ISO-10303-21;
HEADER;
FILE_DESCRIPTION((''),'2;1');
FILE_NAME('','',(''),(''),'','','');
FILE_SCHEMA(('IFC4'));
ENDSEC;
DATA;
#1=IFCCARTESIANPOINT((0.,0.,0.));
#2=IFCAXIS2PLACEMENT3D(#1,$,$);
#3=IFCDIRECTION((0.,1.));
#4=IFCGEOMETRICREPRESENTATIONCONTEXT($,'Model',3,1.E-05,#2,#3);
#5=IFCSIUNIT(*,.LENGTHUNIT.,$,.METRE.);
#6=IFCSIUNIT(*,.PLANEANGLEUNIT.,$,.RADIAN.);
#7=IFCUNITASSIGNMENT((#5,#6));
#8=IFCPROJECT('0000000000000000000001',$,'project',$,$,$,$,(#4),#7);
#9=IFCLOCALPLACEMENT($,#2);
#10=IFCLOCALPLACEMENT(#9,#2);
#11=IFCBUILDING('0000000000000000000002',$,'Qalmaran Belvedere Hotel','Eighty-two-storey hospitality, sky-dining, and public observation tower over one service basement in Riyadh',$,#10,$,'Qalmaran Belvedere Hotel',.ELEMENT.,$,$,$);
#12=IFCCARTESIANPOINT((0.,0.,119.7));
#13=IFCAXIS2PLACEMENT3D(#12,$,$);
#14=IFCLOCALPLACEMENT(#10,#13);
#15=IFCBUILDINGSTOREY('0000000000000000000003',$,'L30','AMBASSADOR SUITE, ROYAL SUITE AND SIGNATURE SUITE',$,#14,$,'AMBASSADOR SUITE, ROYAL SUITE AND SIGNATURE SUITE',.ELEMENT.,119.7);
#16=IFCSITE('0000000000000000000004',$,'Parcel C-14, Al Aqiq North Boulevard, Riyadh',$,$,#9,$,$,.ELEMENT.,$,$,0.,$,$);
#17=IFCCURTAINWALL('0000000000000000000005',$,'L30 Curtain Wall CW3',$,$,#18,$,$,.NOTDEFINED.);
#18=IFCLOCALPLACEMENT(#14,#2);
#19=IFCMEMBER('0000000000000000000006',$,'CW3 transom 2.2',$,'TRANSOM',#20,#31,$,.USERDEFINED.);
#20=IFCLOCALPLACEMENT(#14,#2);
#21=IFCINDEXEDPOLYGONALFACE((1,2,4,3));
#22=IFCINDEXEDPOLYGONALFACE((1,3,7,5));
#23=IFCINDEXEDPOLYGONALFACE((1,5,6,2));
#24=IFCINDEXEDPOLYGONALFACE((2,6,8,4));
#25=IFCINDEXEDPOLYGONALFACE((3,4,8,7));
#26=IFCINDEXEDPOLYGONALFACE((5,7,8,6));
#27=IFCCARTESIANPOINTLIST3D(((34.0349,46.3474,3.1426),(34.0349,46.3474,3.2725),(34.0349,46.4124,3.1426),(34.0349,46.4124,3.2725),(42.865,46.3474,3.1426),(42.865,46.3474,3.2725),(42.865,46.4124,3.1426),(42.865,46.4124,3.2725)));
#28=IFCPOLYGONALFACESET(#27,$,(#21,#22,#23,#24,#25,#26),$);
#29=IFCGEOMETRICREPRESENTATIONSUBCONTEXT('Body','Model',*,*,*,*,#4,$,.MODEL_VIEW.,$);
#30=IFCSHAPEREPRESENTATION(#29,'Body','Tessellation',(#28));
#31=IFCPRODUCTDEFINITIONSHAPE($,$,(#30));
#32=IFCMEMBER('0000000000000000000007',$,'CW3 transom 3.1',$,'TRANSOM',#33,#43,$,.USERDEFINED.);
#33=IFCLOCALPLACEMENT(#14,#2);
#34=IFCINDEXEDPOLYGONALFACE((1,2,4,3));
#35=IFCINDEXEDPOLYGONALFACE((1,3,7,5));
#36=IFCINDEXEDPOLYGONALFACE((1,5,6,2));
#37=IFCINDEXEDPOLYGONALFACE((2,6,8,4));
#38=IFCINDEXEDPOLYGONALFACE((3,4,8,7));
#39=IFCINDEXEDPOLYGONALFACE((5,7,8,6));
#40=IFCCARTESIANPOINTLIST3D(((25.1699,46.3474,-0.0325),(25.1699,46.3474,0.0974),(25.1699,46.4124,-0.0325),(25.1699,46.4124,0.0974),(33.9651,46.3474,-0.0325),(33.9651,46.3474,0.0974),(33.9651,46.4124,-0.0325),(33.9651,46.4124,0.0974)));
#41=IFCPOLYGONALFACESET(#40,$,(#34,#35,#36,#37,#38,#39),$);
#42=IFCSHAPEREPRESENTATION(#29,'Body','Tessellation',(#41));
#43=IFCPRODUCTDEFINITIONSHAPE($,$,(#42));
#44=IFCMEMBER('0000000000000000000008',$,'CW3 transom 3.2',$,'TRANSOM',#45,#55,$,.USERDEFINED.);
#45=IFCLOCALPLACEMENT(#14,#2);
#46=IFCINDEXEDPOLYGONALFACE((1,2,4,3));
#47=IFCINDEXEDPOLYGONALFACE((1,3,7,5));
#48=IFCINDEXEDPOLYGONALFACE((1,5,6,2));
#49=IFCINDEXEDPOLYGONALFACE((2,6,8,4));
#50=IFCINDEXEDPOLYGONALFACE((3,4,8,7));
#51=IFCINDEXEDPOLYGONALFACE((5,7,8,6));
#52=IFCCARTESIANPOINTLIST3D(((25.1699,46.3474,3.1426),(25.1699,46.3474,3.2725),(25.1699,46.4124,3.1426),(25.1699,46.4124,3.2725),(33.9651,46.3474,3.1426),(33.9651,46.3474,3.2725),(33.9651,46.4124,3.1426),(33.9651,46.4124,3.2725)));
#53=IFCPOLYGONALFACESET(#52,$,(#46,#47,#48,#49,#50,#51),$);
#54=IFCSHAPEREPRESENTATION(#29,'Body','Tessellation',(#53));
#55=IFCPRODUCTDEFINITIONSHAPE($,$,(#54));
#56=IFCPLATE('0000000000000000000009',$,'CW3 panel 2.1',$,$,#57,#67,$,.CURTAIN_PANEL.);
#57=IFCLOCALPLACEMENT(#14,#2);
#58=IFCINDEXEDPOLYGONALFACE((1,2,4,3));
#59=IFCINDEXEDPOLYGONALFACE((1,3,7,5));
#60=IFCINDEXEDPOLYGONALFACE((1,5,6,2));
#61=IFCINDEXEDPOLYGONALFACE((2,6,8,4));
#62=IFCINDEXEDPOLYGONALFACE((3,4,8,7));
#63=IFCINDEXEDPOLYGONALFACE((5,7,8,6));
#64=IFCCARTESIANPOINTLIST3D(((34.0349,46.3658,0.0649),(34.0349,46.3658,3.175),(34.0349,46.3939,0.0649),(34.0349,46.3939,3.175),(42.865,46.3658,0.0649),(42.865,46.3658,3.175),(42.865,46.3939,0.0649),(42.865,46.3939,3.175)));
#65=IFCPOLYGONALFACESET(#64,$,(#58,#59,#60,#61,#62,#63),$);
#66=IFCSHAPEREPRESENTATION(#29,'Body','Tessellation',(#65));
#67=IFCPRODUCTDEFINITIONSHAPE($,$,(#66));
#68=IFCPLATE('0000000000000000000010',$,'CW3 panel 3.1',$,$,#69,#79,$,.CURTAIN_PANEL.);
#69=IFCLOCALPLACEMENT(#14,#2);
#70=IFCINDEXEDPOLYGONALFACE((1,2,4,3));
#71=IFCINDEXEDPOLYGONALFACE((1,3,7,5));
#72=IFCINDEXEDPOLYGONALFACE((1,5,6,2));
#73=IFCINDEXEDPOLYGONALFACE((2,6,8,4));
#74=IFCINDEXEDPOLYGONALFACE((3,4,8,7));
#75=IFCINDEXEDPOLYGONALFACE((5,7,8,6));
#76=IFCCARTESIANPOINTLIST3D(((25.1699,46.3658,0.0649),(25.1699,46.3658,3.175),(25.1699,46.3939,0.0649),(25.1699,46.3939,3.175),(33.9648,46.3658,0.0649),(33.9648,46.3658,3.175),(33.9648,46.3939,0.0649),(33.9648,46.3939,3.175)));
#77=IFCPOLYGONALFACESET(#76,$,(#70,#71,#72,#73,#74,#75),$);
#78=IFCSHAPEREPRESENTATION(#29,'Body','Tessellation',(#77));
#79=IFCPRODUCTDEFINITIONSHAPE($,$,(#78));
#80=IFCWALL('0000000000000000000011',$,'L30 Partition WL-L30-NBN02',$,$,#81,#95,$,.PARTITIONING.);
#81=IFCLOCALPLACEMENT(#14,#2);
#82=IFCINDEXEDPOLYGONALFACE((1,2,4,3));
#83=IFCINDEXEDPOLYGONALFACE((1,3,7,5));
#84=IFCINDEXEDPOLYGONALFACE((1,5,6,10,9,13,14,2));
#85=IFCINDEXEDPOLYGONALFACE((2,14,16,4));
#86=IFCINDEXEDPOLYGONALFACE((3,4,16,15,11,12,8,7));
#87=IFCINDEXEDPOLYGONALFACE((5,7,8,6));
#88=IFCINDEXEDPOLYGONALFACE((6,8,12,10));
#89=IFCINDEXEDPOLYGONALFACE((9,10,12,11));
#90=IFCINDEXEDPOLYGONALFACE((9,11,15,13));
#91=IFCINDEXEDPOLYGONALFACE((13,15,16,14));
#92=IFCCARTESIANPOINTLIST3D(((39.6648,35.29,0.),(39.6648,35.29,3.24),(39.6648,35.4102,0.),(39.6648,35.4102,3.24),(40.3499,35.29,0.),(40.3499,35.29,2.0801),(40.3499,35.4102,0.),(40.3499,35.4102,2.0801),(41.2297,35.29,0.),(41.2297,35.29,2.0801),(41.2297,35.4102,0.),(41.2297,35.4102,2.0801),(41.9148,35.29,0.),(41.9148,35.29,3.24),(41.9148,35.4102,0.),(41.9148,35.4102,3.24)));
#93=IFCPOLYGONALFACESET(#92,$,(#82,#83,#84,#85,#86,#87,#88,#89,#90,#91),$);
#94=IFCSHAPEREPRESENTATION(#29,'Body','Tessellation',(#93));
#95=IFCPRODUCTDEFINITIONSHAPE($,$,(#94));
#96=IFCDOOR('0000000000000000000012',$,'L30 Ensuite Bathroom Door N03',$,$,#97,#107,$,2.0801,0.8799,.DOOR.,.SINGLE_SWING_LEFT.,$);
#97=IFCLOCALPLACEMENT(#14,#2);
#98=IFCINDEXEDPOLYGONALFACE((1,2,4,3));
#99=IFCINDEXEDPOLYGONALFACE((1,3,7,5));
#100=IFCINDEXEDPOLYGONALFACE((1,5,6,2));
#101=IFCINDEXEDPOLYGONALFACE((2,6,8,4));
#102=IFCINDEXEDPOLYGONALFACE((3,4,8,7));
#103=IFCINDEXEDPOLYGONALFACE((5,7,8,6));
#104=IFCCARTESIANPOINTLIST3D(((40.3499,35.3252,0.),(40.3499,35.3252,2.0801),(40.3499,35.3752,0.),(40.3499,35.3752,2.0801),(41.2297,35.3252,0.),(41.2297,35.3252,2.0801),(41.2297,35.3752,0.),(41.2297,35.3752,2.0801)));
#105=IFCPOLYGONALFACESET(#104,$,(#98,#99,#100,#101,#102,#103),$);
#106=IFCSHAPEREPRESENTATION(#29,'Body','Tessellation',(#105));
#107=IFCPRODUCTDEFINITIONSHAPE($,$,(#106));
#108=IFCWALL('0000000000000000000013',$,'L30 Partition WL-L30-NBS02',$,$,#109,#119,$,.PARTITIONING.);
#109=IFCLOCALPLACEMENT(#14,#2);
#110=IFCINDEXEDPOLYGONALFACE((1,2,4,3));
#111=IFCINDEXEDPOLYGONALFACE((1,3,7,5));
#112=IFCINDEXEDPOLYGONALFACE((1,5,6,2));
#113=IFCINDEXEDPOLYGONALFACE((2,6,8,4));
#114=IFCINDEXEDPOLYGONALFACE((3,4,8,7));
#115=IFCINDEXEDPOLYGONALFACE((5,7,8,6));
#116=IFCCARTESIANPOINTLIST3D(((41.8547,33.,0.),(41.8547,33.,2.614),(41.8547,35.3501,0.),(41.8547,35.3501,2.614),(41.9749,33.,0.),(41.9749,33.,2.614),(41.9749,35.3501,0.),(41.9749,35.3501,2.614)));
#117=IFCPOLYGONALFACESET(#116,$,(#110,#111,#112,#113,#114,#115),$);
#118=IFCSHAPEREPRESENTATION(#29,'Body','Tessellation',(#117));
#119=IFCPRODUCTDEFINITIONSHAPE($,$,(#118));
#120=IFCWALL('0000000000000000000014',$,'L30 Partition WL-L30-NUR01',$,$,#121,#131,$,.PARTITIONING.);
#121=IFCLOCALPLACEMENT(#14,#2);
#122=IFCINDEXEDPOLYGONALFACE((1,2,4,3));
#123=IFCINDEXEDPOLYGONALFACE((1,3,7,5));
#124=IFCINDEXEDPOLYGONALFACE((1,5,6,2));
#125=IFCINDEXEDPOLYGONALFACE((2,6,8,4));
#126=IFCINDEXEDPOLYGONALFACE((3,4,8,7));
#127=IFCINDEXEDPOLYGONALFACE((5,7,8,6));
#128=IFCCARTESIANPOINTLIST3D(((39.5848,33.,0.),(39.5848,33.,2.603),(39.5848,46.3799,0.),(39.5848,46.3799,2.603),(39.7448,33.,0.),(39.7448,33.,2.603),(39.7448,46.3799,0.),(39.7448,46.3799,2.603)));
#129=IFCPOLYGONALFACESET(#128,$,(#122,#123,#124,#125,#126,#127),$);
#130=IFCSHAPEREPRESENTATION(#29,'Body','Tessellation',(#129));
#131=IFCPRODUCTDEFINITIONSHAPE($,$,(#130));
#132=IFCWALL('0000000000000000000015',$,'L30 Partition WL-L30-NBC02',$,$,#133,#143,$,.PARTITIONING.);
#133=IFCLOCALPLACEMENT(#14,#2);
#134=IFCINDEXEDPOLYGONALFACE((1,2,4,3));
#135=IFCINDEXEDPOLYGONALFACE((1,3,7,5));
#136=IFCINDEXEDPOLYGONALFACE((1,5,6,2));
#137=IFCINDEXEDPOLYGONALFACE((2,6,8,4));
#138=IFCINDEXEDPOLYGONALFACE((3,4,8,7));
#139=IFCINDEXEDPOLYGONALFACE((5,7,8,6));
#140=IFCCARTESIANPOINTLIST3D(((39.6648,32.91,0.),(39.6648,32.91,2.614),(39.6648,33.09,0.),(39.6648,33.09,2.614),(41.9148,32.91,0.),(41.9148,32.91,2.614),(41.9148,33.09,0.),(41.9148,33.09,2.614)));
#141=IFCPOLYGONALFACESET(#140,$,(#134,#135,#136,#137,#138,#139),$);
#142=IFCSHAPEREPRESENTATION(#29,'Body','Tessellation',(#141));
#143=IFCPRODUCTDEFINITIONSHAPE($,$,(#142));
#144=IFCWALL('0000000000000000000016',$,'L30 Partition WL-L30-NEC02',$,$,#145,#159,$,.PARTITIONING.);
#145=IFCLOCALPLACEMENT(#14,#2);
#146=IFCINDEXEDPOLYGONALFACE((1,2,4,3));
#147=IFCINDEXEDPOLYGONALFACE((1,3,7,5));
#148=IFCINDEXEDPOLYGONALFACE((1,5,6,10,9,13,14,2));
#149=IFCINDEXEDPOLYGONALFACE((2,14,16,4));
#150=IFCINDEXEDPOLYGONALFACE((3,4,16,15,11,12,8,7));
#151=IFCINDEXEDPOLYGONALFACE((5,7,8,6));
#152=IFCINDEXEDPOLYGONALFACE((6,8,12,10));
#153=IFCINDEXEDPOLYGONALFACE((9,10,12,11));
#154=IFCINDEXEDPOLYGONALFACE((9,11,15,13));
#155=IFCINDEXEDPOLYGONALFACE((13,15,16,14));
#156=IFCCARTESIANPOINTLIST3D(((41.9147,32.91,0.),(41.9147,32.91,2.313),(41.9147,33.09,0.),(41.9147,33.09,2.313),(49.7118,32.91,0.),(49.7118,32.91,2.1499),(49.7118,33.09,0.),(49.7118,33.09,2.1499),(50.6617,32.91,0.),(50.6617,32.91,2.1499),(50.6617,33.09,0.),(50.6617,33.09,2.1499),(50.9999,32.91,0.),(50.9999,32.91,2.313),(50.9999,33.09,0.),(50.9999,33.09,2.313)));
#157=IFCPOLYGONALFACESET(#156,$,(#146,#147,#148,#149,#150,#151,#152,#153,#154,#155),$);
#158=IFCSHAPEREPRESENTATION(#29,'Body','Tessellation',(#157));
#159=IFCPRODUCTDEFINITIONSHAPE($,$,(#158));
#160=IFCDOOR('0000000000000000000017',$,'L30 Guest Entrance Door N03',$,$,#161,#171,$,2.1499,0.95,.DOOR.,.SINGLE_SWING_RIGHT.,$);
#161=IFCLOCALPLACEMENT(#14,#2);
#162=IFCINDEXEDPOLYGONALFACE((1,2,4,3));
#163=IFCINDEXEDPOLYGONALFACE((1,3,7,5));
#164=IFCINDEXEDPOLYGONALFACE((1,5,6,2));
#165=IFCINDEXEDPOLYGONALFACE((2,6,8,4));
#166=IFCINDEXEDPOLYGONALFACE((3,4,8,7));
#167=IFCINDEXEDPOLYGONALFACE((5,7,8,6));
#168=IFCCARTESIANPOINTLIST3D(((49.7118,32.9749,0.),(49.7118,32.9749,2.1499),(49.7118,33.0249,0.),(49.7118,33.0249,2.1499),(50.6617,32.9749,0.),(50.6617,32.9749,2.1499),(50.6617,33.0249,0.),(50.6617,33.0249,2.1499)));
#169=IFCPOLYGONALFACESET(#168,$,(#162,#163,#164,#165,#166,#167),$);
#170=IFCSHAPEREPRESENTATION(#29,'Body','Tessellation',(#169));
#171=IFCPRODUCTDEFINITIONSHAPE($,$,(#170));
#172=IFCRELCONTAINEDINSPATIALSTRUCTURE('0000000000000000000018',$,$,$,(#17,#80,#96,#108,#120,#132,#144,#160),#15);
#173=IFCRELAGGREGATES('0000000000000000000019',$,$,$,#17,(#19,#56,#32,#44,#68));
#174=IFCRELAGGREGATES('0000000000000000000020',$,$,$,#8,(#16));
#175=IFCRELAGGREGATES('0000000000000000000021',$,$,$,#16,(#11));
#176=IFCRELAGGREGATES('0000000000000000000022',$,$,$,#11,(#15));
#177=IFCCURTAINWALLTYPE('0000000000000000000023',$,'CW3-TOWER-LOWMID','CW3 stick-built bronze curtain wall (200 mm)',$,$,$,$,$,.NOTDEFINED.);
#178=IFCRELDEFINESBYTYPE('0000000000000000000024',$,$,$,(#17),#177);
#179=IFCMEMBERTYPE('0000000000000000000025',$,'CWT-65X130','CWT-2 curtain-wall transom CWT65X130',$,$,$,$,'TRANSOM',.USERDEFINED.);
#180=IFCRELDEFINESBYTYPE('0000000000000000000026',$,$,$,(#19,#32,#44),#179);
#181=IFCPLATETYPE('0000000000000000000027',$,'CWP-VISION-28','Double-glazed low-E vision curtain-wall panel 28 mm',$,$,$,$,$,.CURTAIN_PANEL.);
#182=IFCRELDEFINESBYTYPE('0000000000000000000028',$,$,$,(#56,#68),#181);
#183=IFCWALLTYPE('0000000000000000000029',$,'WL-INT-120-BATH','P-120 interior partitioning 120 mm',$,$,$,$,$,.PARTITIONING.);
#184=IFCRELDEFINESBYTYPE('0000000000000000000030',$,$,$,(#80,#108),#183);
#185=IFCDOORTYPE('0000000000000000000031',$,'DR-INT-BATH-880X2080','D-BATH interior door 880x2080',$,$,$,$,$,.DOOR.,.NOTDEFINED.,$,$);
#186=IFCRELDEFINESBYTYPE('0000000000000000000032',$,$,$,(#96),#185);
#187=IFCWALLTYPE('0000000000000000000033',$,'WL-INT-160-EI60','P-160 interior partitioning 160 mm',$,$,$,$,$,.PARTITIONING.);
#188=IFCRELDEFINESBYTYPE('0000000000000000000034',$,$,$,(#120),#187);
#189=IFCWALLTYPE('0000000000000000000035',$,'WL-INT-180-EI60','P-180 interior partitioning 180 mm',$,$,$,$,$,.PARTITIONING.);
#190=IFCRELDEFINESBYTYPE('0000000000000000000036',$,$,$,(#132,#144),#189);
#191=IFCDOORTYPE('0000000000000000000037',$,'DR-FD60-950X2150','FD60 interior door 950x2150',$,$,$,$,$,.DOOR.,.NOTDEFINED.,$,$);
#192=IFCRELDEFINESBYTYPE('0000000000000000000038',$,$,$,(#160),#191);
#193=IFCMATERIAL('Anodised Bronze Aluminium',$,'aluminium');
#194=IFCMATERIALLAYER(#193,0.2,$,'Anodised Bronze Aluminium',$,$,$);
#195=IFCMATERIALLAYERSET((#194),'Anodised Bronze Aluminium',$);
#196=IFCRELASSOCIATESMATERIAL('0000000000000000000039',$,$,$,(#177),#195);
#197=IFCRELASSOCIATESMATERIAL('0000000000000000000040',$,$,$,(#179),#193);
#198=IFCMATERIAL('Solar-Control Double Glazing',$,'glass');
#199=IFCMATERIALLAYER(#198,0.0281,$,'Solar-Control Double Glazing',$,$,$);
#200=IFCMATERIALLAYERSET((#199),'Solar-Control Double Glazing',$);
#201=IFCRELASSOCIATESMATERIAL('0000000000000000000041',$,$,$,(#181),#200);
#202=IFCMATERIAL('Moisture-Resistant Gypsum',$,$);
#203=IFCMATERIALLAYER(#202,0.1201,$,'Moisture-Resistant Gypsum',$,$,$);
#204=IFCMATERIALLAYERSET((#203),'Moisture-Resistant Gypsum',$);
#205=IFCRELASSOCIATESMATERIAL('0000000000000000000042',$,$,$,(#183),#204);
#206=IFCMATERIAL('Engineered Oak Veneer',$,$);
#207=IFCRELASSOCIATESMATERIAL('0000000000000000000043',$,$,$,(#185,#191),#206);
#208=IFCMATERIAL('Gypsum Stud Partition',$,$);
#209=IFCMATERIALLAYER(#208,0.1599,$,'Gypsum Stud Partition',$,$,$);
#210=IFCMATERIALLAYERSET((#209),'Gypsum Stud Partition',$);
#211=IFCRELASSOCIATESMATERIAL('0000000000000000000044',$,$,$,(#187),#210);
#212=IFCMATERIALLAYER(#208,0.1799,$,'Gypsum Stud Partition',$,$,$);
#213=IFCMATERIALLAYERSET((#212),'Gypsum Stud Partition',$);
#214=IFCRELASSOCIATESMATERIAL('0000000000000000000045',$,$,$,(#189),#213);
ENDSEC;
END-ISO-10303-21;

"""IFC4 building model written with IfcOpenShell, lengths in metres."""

from ifc_helpers import new_model, si_unit, direction, frame, frame_2d, origin, origin_2d, place, context, subcontext, project, spatial, rectangle, extrude, material, layer, layer_set, material_profile, profile_set, type_object, element, fill, aggregate, save


model = new_model("IFC4")

# Units and contexts
model_context = context("Model", 3, precision=1e-05, world=origin(), true_north=direction((0.0, 1.0)))
body_context = subcontext(model_context, "Body", "Model", "MODEL_VIEW")
ifc_project = project(units=[si_unit("LENGTHUNIT", "METRE"), si_unit("PLANEANGLEUNIT", "RADIAN")], contexts=[model_context])

# Site, building, storey
site_placement = place(None, origin())
site = spatial("IfcSite", under=ifc_project, at=site_placement, Name="Parcel C-14, Al Aqiq North Boulevard, Riyadh", CompositionType="ELEMENT", RefElevation=0.0)
building_placement = place(site_placement, origin())
building = spatial("IfcBuilding", under=site, at=building_placement, Name="Qalmaran Belvedere Hotel", Description="Eighty-two-storey hospitality, sky-dining, and public observation tower over one service basement in Riyadh", LongName="Qalmaran Belvedere Hotel", CompositionType="ELEMENT")
storey_placement = place(building_placement, frame((0.0, 0.0, 119.7)))
storey = spatial("IfcBuildingStorey", under=building, at=storey_placement, Name="L30", Description="AMBASSADOR SUITE, ROYAL SUITE AND SIGNATURE SUITE", LongName="AMBASSADOR SUITE, ROYAL SUITE AND SIGNATURE SUITE", CompositionType="ELEMENT", Elevation=119.7)

# Curtain wall, members, plates
ifc_material_1 = material(Name="Anodised Bronze Aluminium", Category="aluminium")
ifc_layer_1 = layer(ifc_material_1, 0.2, Name="Anodised Bronze Aluminium")
ifc_layer_set_1 = layer_set([ifc_layer_1], Name="Anodised Bronze Aluminium")
curtain_wall_type = type_object("IfcCurtainWallType", Name="CW3-TOWER-LOWMID", Description="CW3 stick-built bronze curtain wall (200 mm)", PredefinedType="NOTDEFINED", material=ifc_layer_set_1)
curtain_wall_placement = place(storey_placement, origin())
curtain_wall = element("IfcCurtainWall", 1, at=curtain_wall_placement, inside=storey, type_object=curtain_wall_type, Name="L30 Curtain Wall CW3", PredefinedType="NOTDEFINED")
ifc_material_profile_1 = material_profile(ifc_material_1, rectangle(XDim=0.0649, YDim=0.1299, at=origin_2d()), Name="CWT65X130")
ifc_profile_set_1 = profile_set([ifc_material_profile_1], Name="Anodised Bronze Aluminium")
member_type_1 = type_object("IfcMemberType", Name="CWT-65X130", Description="CWT-2 curtain-wall transom CWT65X130", ElementType="TRANSOM", PredefinedType="USERDEFINED", material=ifc_profile_set_1)
member_1_placement = place(storey_placement, frame((42.865, 46.3799, 3.2075), z_axis=(-1.0, 0.0, 0.0), x_axis=(0.0, -1.0, 0.0)))
member_1 = element("IfcMember", 2, at=member_1_placement, type_object=member_type_1, Name="CW3 transom 2.2", ObjectType="TRANSOM", PredefinedType="USERDEFINED", context=body_context, shape_type="SweptSolid", body=[
    extrude(rectangle(XDim=0.0649, YDim=0.1299, at=origin_2d()), origin(), (0.0, 0.0, 1.0), 8.8301),
])
member_2_placement = place(storey_placement, frame((33.9651, 46.3799, 0.0325), z_axis=(-1.0, 0.0, 0.0), x_axis=(0.0, -1.0, 0.0)))
member_2 = element("IfcMember", 3, at=member_2_placement, type_object=member_type_1, Name="CW3 transom 3.1", ObjectType="TRANSOM", PredefinedType="USERDEFINED", context=body_context, shape_type="SweptSolid", body=[
    extrude(rectangle(XDim=0.0649, YDim=0.1299, at=origin_2d()), origin(), (0.0, 0.0, 1.0), 8.7952),
])
member_3_placement = place(storey_placement, frame((33.9651, 46.3799, 3.2075), z_axis=(-1.0, 0.0, 0.0), x_axis=(0.0, -1.0, 0.0)))
member_3 = element("IfcMember", 4, at=member_3_placement, type_object=member_type_1, Name="CW3 transom 3.2", ObjectType="TRANSOM", PredefinedType="USERDEFINED", context=body_context, shape_type="SweptSolid", body=[
    extrude(rectangle(XDim=0.0649, YDim=0.1299, at=origin_2d()), origin(), (0.0, 0.0, 1.0), 8.7952),
])
ifc_material_2 = material(Name="Solar-Control Double Glazing", Category="glass")
ifc_layer_2 = layer(ifc_material_2, 0.0281, Name="Solar-Control Double Glazing")
ifc_layer_set_2 = layer_set([ifc_layer_2], Name="Solar-Control Double Glazing")
plate_type = type_object("IfcPlateType", Name="CWP-VISION-28", Description="Double-glazed low-E vision curtain-wall panel 28 mm", PredefinedType="CURTAIN_PANEL", material=ifc_layer_set_2)
plate_1_placement = place(storey_placement, frame((38.45, 46.3799, 0.0649), z_axis=(0.0, 0.0, 1.0), x_axis=(-1.0, 0.0, 0.0)))
plate_1 = element("IfcPlate", 5, at=plate_1_placement, type_object=plate_type, Name="CW3 panel 2.1", PredefinedType="CURTAIN_PANEL", context=body_context, shape_type="SweptSolid", body=[
    extrude(rectangle(XDim=8.8301, YDim=0.0281, at=origin_2d()), origin(), (0.0, 0.0, 1.0), 3.1101),
])
plate_2_placement = place(storey_placement, frame((29.5674, 46.3799, 0.0649), z_axis=(0.0, 0.0, 1.0), x_axis=(-1.0, 0.0, 0.0)))
plate_2 = element("IfcPlate", 6, at=plate_2_placement, type_object=plate_type, Name="CW3 panel 3.1", PredefinedType="CURTAIN_PANEL", context=body_context, shape_type="SweptSolid", body=[
    extrude(rectangle(XDim=8.7949, YDim=0.0281, at=origin_2d()), origin(), (0.0, 0.0, 1.0), 3.1101),
])
aggregate(curtain_wall, [member_1, plate_1, member_2, member_3, plate_2])

# Wall, opening, door
ifc_material_3 = material(Name="Moisture-Resistant Gypsum")
ifc_layer_3 = layer(ifc_material_3, 0.1201, Name="Moisture-Resistant Gypsum")
ifc_layer_set_3 = layer_set([ifc_layer_3], Name="Moisture-Resistant Gypsum")
wall_type_1 = type_object("IfcWallType", Name="WL-INT-120-BATH", Description="P-120 interior partitioning 120 mm", PredefinedType="PARTITIONING", material=ifc_layer_set_3)
wall_1_placement = place(storey_placement, frame((39.6648, 35.3501, 0.0), z_axis=(0.0, 0.0, 1.0), x_axis=(1.0, 0.0, 0.0)))
wall_1 = element("IfcWall", 7, at=wall_1_placement, inside=storey, type_object=wall_type_1, Name="L30 Partition WL-L30-NBN02", PredefinedType="PARTITIONING", context=body_context, shape_type="SweptSolid", body=[
    extrude(rectangle(XDim=2.25, YDim=0.1201, at=frame_2d((1.125, 0.0))), origin(), (0.0, 0.0, 1.0), 3.24),
])
opening_1_placement = place(wall_1_placement, frame((1.5649, 0.0, 0.0), z_axis=(0.0, 0.0, 1.0), x_axis=(-1.0, 0.0, 0.0)))
opening_1 = element("IfcOpeningElement", 8, at=opening_1_placement, cuts=wall_1, PredefinedType="OPENING", context=body_context, shape_type="SweptSolid", body=[
    extrude(rectangle(XDim=0.8799, YDim=2.0801, at=frame_2d((0.4399, 1.04))), frame((0.0, 0.0701, 0.0), z_axis=(0.0, -1.0, 0.0), x_axis=(1.0, 0.0, 0.0)), (0.0, 0.0, 1.0), 0.1401),
])
ifc_material_4 = material(Name="Engineered Oak Veneer")
door_type_1 = type_object("IfcDoorType", Name="DR-INT-BATH-880X2080", Description="D-BATH interior door 880x2080", OperationType="NOTDEFINED", PredefinedType="DOOR", material=ifc_material_4)
door_1_placement = place(opening_1_placement, origin())
door_1 = element("IfcDoor", 9, at=door_1_placement, inside=storey, type_object=door_type_1, Name="L30 Ensuite Bathroom Door N03", OperationType="SINGLE_SWING_LEFT", OverallHeight=2.0801, OverallWidth=0.8799, PredefinedType="DOOR", context=body_context, shape_type="SweptSolid", body=[
    extrude(rectangle(XDim=0.8799, YDim=2.0801, at=frame_2d((0.4399, 1.04))), frame((0.0, 0.0249, 0.0), z_axis=(0.0, -1.0, 0.0), x_axis=(1.0, 0.0, 0.0)), (0.0, 0.0, 1.0), 0.05),
])
fill(opening_1, door_1)

# Walls
wall_2_placement = place(storey_placement, frame((41.9148, 33.0, 0.0), z_axis=(0.0, 0.0, 1.0), x_axis=(0.0, 1.0, 0.0)))
element("IfcWall", 10, at=wall_2_placement, inside=storey, type_object=wall_type_1, Name="L30 Partition WL-L30-NBS02", PredefinedType="PARTITIONING", context=body_context, shape_type="SweptSolid", body=[
    extrude(rectangle(XDim=2.3501, YDim=0.1201, at=frame_2d((1.175, 0.0))), origin(), (0.0, 0.0, 1.0), 2.614),
])
ifc_material_5 = material(Name="Gypsum Stud Partition")
ifc_layer_4 = layer(ifc_material_5, 0.1599, Name="Gypsum Stud Partition")
ifc_layer_set_4 = layer_set([ifc_layer_4], Name="Gypsum Stud Partition")
wall_type_2 = type_object("IfcWallType", Name="WL-INT-160-EI60", Description="P-160 interior partitioning 160 mm", PredefinedType="PARTITIONING", material=ifc_layer_set_4)
wall_3_placement = place(storey_placement, frame((39.6648, 33.0, 0.0), z_axis=(0.0, 0.0, 1.0), x_axis=(0.0, 1.0, 0.0)))
element("IfcWall", 11, at=wall_3_placement, inside=storey, type_object=wall_type_2, Name="L30 Partition WL-L30-NUR01", PredefinedType="PARTITIONING", context=body_context, shape_type="SweptSolid", body=[
    extrude(rectangle(XDim=13.3799, YDim=0.1599, at=frame_2d((6.6899, 0.0))), origin(), (0.0, 0.0, 1.0), 2.603),
])
ifc_layer_5 = layer(ifc_material_5, 0.1799, Name="Gypsum Stud Partition")
ifc_layer_set_5 = layer_set([ifc_layer_5], Name="Gypsum Stud Partition")
wall_type_3 = type_object("IfcWallType", Name="WL-INT-180-EI60", Description="P-180 interior partitioning 180 mm", PredefinedType="PARTITIONING", material=ifc_layer_set_5)
wall_4_placement = place(storey_placement, frame((39.6648, 33.0, 0.0), z_axis=(0.0, 0.0, 1.0), x_axis=(1.0, 0.0, 0.0)))
element("IfcWall", 12, at=wall_4_placement, inside=storey, type_object=wall_type_3, Name="L30 Partition WL-L30-NBC02", PredefinedType="PARTITIONING", context=body_context, shape_type="SweptSolid", body=[
    extrude(rectangle(XDim=2.25, YDim=0.1799, at=frame_2d((1.125, 0.0))), origin(), (0.0, 0.0, 1.0), 2.614),
])

# Wall, opening, door
wall_5_placement = place(storey_placement, frame((41.9148, 33.0, 0.0), z_axis=(0.0, 0.0, 1.0), x_axis=(1.0, 0.0, 0.0)))
wall_5 = element("IfcWall", 13, at=wall_5_placement, inside=storey, type_object=wall_type_3, Name="L30 Partition WL-L30-NEC02", PredefinedType="PARTITIONING", context=body_context, shape_type="SweptSolid", body=[
    extrude(rectangle(XDim=9.0852, YDim=0.1799, at=frame_2d((4.5425, 0.0))), origin(), (0.0, 0.0, 1.0), 2.313),
])
opening_2_placement = place(wall_5_placement, frame((7.7969, 0.0, 0.0)))
opening_2 = element("IfcOpeningElement", 14, at=opening_2_placement, cuts=wall_5, PredefinedType="OPENING", context=body_context, shape_type="SweptSolid", body=[
    extrude(rectangle(XDim=0.95, YDim=2.1499, at=frame_2d((0.4751, 1.075))), frame((0.0, 0.1001, 0.0), z_axis=(0.0, -1.0, 0.0), x_axis=(1.0, 0.0, 0.0)), (0.0, 0.0, 1.0), 0.2),
])
door_type_2 = type_object("IfcDoorType", Name="DR-FD60-950X2150", Description="FD60 interior door 950x2150", OperationType="NOTDEFINED", PredefinedType="DOOR", material=ifc_material_4)
door_2_placement = place(opening_2_placement, origin())
door_2 = element("IfcDoor", 15, at=door_2_placement, inside=storey, type_object=door_type_2, Name="L30 Guest Entrance Door N03", OperationType="SINGLE_SWING_RIGHT", OverallHeight=2.1499, OverallWidth=0.95, PredefinedType="DOOR", context=body_context, shape_type="SweptSolid", body=[
    extrude(rectangle(XDim=0.95, YDim=2.1499, at=frame_2d((0.4751, 1.075))), frame((0.0, 0.0249, 0.0), z_axis=(0.0, -1.0, 0.0), x_axis=(1.0, 0.0, 0.0)), (0.0, 0.0, 1.0), 0.05),
])
fill(opening_2, door_2)

save(model, "model.ifc")
